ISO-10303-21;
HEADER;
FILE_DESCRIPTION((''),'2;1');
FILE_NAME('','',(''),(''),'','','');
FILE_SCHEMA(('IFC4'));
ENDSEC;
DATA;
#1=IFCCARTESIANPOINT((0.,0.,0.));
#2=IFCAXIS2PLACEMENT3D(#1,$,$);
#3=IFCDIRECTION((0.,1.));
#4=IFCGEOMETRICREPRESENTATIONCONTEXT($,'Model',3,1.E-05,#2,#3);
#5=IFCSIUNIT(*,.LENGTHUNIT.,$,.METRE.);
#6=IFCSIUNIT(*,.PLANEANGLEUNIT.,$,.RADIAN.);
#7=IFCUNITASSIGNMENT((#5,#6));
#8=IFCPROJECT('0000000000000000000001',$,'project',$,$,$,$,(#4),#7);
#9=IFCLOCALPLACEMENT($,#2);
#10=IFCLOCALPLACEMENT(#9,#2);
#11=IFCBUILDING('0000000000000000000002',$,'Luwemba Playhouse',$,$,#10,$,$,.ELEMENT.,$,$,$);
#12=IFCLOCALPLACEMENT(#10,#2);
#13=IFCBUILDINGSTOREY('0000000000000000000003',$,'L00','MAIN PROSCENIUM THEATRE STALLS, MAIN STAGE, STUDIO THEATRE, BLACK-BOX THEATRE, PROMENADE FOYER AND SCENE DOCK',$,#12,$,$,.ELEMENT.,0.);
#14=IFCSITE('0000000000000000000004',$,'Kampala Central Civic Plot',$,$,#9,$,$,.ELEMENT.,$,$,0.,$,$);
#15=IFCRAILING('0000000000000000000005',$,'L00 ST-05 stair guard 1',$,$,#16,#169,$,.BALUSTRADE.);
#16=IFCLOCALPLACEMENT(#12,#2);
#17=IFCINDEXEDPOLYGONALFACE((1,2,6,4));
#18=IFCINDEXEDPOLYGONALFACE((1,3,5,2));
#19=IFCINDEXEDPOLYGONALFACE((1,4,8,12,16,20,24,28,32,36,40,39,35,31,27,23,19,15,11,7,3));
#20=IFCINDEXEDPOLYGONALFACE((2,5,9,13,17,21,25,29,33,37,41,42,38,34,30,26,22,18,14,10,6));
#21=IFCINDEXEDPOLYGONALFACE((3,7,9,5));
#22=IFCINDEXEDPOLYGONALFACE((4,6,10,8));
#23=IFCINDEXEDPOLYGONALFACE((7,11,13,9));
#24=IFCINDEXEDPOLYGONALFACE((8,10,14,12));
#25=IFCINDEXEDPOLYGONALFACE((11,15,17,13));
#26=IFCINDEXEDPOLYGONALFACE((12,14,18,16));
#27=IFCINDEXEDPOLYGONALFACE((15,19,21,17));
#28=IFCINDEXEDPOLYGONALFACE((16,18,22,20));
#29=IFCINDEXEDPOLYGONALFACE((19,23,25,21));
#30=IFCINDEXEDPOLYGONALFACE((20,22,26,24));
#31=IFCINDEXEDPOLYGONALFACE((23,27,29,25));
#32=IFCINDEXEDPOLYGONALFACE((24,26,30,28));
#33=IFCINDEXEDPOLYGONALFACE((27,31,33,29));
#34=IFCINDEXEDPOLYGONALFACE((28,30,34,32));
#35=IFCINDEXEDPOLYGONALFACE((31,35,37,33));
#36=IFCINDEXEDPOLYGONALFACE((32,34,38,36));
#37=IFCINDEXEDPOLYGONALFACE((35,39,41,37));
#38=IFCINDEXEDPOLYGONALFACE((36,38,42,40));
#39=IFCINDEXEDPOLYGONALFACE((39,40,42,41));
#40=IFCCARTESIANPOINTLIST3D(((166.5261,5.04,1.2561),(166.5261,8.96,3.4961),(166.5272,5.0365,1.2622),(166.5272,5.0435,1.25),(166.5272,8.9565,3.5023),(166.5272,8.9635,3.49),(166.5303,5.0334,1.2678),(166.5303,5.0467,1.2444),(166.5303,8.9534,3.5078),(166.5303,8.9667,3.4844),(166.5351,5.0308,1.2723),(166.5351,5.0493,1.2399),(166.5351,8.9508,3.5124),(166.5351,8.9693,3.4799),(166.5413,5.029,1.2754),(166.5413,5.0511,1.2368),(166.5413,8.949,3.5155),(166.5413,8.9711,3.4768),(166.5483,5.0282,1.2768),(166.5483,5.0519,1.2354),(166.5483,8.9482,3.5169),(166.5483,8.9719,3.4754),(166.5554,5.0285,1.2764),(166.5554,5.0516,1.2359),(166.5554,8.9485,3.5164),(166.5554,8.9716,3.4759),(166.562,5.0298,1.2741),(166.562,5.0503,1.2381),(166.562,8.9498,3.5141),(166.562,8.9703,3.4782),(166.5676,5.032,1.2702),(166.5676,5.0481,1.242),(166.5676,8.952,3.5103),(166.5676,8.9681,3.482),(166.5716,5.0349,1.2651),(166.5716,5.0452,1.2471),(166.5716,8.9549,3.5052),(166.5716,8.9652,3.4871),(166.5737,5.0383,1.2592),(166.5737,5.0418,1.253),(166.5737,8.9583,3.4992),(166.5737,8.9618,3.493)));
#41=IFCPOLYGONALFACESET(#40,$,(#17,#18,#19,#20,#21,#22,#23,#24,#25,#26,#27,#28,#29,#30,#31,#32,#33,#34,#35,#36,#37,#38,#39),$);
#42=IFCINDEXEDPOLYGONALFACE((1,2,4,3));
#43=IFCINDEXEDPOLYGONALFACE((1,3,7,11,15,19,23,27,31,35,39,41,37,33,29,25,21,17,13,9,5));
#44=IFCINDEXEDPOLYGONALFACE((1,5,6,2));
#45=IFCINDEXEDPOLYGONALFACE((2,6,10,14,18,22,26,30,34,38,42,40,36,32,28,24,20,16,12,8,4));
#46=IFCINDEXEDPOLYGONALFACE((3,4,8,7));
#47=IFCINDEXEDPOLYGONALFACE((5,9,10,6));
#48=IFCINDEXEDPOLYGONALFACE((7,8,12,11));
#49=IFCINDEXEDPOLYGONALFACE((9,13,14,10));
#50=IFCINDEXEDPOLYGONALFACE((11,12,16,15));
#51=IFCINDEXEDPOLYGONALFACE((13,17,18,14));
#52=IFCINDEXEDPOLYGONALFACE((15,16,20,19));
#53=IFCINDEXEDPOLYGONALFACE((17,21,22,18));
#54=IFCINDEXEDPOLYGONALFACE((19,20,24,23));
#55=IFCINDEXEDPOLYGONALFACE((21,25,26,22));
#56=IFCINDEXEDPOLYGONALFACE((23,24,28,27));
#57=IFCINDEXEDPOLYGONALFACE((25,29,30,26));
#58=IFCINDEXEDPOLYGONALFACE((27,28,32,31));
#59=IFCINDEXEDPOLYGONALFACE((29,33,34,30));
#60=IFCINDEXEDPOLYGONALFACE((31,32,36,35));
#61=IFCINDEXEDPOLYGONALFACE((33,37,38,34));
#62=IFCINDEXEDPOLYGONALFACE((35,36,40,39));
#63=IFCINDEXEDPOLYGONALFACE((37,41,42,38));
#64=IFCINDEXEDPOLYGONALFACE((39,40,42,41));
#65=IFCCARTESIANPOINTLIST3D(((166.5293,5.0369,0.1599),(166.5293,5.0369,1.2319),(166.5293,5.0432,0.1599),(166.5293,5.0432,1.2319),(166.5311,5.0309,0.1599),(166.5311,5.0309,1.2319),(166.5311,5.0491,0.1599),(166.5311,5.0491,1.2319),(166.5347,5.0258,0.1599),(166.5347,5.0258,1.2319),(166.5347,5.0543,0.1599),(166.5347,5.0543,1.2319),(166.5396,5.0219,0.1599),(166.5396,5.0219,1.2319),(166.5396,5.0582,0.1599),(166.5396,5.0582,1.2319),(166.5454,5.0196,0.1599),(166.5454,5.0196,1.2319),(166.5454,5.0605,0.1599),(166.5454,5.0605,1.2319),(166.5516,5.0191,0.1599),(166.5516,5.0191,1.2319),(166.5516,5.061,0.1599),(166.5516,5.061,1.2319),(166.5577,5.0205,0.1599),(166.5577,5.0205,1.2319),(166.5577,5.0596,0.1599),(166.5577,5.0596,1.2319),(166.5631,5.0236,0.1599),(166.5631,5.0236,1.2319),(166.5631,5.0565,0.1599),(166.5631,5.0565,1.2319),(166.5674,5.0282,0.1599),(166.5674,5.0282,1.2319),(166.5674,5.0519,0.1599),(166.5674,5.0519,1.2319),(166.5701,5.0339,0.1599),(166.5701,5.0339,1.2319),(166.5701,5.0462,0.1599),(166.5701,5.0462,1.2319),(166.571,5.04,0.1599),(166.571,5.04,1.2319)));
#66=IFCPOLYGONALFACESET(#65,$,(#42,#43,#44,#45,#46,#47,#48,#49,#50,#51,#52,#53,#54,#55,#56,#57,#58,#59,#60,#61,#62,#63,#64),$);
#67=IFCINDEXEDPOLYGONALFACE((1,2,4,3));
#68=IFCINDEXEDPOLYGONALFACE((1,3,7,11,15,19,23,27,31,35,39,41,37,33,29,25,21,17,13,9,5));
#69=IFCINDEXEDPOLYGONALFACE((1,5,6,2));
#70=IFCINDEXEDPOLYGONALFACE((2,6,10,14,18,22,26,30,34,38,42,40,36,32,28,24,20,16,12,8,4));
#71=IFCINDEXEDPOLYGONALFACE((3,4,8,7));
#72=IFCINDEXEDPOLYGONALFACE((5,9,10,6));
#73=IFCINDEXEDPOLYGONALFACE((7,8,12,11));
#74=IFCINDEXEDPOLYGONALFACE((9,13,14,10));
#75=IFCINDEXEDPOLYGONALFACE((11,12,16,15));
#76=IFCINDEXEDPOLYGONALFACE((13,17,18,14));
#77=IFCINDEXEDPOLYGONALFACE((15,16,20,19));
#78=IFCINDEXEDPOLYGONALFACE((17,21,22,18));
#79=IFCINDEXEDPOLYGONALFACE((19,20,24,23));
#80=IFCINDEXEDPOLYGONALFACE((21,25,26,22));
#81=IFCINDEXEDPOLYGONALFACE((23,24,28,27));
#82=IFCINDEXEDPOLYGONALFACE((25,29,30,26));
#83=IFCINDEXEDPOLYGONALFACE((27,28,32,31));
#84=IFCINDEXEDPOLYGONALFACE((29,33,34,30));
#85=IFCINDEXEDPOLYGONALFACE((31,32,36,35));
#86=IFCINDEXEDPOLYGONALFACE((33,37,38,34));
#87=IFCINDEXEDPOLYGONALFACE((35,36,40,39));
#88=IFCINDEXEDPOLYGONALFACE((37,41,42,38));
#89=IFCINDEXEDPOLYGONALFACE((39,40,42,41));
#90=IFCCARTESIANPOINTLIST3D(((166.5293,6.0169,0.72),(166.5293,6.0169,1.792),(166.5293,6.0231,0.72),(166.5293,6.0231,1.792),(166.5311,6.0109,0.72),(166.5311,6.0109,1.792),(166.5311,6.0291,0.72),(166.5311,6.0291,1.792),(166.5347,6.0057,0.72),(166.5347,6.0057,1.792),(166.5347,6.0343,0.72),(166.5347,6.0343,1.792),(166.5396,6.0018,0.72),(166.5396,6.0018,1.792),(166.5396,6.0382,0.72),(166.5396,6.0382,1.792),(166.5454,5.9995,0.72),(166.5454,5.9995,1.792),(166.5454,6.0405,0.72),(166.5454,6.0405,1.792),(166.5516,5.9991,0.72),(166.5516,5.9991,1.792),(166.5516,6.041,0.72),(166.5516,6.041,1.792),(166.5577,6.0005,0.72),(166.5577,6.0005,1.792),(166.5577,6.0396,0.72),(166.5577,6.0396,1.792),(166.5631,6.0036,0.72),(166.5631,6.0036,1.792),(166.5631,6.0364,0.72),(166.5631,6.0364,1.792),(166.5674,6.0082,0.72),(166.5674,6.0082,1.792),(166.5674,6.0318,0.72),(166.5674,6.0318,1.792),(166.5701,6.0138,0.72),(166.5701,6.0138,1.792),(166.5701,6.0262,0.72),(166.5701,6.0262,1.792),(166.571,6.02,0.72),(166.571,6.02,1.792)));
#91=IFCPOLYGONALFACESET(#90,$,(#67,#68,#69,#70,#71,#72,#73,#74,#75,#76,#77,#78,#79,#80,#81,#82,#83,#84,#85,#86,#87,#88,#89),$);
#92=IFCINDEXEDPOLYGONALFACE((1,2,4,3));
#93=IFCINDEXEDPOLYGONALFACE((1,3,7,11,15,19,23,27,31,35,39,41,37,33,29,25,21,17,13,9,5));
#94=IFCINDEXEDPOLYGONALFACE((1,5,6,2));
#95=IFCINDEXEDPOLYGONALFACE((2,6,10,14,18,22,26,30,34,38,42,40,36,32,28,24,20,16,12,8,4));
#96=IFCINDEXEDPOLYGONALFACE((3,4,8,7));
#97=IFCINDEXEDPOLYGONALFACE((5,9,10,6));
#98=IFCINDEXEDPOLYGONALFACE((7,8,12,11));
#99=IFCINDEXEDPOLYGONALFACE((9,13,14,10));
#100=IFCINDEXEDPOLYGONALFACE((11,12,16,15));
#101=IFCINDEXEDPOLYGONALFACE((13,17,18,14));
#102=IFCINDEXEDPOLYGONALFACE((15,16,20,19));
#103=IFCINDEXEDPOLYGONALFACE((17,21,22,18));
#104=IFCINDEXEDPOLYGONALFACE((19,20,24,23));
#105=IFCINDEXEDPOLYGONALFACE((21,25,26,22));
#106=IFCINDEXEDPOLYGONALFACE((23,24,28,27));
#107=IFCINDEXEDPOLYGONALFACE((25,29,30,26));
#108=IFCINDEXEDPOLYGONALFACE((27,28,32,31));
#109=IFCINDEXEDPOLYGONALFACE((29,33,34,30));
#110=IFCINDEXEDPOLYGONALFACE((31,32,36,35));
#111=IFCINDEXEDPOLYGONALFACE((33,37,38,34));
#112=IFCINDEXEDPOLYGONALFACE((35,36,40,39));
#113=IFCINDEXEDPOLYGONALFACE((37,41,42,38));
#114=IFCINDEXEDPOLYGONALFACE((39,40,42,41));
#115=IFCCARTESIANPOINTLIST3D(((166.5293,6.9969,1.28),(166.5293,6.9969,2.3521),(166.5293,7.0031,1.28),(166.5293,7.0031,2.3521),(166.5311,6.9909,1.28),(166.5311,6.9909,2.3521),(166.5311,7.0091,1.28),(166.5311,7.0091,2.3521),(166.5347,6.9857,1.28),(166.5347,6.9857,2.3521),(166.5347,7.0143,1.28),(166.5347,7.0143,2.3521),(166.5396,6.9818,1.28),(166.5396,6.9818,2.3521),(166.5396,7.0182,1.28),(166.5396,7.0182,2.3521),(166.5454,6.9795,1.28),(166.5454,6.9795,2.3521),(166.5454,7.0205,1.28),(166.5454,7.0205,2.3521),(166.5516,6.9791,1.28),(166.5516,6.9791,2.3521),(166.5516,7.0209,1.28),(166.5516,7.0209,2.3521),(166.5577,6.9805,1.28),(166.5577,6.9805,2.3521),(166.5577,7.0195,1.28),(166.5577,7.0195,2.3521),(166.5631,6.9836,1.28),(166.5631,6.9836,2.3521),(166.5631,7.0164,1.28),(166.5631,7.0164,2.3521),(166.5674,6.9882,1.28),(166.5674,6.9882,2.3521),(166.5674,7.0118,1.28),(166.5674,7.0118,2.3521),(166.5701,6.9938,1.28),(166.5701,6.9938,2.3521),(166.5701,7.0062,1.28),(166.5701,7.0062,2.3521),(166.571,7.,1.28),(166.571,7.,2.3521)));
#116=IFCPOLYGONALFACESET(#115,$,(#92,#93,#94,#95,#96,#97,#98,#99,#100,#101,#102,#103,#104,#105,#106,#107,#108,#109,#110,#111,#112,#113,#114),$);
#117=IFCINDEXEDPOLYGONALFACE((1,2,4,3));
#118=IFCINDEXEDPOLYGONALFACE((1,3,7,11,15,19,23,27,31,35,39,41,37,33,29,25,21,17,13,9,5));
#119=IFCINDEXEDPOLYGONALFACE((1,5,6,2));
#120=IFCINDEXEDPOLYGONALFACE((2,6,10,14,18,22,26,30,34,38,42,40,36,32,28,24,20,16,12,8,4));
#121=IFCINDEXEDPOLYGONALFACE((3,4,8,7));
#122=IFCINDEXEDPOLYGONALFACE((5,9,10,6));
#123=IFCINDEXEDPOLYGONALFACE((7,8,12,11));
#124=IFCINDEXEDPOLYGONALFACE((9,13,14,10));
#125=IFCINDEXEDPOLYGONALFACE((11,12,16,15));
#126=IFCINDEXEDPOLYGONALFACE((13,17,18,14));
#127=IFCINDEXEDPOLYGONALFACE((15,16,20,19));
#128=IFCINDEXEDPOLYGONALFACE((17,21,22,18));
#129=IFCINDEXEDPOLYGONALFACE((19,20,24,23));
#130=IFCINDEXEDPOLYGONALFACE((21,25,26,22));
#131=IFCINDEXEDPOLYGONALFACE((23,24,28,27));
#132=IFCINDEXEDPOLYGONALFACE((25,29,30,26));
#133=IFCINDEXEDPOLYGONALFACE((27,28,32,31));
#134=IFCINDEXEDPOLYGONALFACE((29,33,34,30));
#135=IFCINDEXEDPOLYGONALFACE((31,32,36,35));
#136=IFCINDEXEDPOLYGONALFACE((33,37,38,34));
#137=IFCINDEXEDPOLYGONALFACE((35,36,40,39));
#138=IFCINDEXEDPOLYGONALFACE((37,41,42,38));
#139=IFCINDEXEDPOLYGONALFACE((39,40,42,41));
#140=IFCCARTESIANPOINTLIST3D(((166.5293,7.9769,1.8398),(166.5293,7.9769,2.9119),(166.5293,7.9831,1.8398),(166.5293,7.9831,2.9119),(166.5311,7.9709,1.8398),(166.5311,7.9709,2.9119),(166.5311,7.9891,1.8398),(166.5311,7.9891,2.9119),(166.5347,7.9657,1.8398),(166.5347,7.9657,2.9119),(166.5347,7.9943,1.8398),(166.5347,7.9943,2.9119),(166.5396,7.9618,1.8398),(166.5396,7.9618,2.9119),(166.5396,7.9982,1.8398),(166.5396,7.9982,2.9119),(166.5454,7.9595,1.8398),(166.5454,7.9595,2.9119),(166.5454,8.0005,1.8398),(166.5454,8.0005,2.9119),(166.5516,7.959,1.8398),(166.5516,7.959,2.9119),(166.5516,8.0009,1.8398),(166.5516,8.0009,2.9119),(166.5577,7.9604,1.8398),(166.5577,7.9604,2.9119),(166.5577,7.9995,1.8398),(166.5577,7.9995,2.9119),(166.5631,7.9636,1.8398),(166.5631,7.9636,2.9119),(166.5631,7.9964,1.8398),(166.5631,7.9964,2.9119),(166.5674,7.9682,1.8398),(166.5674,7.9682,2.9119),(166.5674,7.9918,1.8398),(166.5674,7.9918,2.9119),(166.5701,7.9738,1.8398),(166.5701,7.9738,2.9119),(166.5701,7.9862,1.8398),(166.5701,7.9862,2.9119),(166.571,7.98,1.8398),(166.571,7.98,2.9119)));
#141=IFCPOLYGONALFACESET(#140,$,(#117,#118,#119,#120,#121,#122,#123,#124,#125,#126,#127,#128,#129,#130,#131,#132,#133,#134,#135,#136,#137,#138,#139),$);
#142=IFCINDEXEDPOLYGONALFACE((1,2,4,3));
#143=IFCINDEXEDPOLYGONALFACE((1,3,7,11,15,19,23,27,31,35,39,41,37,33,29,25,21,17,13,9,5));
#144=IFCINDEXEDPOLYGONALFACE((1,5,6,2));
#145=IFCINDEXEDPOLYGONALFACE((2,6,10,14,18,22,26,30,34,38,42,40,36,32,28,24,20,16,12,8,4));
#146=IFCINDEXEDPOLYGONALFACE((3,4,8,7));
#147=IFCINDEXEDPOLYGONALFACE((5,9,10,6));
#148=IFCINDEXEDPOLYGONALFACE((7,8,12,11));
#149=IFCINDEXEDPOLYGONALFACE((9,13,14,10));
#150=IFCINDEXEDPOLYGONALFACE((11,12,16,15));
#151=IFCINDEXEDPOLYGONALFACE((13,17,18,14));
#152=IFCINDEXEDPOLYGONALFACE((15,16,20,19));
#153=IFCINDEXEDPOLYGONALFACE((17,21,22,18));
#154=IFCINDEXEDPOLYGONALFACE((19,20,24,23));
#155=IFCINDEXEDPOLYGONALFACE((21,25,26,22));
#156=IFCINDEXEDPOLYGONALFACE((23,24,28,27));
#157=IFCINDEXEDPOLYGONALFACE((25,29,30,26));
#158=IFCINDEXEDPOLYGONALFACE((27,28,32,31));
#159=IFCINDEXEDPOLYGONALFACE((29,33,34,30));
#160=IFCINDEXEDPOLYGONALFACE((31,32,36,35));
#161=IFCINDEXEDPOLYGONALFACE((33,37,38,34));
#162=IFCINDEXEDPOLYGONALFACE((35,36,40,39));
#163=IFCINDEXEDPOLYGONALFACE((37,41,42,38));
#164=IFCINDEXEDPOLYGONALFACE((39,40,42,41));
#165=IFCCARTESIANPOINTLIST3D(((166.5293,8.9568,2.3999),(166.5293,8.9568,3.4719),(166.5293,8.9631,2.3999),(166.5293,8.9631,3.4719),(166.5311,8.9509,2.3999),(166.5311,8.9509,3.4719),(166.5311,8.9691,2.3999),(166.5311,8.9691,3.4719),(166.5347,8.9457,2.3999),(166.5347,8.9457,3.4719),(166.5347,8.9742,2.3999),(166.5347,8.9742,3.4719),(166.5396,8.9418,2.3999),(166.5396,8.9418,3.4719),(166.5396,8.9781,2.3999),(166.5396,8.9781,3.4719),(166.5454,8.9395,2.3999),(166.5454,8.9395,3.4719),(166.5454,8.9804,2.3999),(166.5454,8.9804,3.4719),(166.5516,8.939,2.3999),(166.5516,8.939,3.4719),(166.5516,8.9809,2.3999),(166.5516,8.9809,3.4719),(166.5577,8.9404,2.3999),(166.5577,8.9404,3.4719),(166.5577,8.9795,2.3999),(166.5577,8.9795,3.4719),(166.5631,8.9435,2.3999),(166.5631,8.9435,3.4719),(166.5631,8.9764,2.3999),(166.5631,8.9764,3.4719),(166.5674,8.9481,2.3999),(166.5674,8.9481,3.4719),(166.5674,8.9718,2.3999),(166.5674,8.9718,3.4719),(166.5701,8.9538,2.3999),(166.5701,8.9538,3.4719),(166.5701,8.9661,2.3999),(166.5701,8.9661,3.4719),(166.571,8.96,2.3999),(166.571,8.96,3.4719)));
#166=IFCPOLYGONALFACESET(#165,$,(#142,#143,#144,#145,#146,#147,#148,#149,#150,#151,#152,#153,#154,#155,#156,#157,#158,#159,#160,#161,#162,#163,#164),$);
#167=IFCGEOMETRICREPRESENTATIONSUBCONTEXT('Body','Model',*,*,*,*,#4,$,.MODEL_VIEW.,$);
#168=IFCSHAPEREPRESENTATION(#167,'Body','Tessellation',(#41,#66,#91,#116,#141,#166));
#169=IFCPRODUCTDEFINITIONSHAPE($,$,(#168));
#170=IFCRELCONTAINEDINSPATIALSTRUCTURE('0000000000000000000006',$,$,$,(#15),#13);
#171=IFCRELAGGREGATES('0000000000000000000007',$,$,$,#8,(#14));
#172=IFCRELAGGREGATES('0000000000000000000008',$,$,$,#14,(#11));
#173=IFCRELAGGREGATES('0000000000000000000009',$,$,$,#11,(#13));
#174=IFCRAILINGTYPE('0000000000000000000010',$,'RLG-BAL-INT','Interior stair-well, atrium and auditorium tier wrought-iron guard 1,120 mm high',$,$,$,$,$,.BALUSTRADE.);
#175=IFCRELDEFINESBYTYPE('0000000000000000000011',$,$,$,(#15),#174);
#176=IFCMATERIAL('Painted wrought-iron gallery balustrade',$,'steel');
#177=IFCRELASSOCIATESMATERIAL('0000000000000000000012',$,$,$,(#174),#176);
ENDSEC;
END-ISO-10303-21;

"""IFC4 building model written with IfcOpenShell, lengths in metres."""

from ifc_helpers import new_model, si_unit, direction, frame, origin, origin_2d, place, context, subcontext, project, spatial, circle, extrude, material, type_object, element, save


model = new_model("IFC4")

# Units and contexts
model_context = context("Model", 3, precision=1e-05, world=origin(), true_north=direction((0.0, 1.0)))
body_context = subcontext(model_context, "Body", "Model", "MODEL_VIEW")
ifc_project = project(units=[si_unit("LENGTHUNIT", "METRE"), si_unit("PLANEANGLEUNIT", "RADIAN")], contexts=[model_context])

# Site, building, storey
site_placement = place(None, origin())
site = spatial("IfcSite", under=ifc_project, at=site_placement, Name="Kampala Central Civic Plot", CompositionType="ELEMENT", RefElevation=0.0)
building_placement = place(site_placement, origin())
building = spatial("IfcBuilding", under=site, at=building_placement, Name="Luwemba Playhouse", CompositionType="ELEMENT")
storey_placement = place(building_placement, origin())
storey = spatial("IfcBuildingStorey", under=building, at=storey_placement, Name="L00", Description="MAIN PROSCENIUM THEATRE STALLS, MAIN STAGE, STUDIO THEATRE, BLACK-BOX THEATRE, PROMENADE FOYER AND SCENE DOCK", CompositionType="ELEMENT", Elevation=0.0)

# Railing
ifc_material_1 = material(Name="Painted wrought-iron gallery balustrade", Category="steel")
railing_type_1 = type_object("IfcRailingType", Name="RLG-BAL-INT", Description="Interior stair-well, atrium and auditorium tier wrought-iron guard 1,120 mm high", PredefinedType="BALUSTRADE", material=ifc_material_1)
railing_1_placement = place(storey_placement, frame((166.55, 5.04, 0.1599)))
element("IfcRailing", 1, at=railing_1_placement, inside=storey, type_object=railing_type_1, Name="L00 ST-05 stair guard 1", PredefinedType="BALUSTRADE", context=body_context, shape_type="SweptSolid", body=[
    extrude(circle(Radius=0.0239, at=origin_2d()), frame((0.0, 0.0, 1.0962), z_axis=(0.0, 0.86824, 0.496145), x_axis=(-1.0, 0.0, 0.0)), (0.0, 0.0, 1.0), 4.5149),
    extrude(circle(Radius=0.021, at=origin_2d()), origin(), (0.0, 0.0, 1.0), 1.072),
    extrude(circle(Radius=0.021, at=origin_2d()), frame((0.0, 0.98, 0.5601)), (0.0, 0.0, 1.0), 1.072),
    extrude(circle(Radius=0.021, at=origin_2d()), frame((0.0, 1.96, 1.1201)), (0.0, 0.0, 1.0), 1.072),
    extrude(circle(Radius=0.021, at=origin_2d()), frame((0.0, 2.9399, 1.6799)), (0.0, 0.0, 1.0), 1.072),
    extrude(circle(Radius=0.021, at=origin_2d()), frame((0.0, 3.9199, 2.24)), (0.0, 0.0, 1.0), 1.072),
])

save(model, "model.ifc")
